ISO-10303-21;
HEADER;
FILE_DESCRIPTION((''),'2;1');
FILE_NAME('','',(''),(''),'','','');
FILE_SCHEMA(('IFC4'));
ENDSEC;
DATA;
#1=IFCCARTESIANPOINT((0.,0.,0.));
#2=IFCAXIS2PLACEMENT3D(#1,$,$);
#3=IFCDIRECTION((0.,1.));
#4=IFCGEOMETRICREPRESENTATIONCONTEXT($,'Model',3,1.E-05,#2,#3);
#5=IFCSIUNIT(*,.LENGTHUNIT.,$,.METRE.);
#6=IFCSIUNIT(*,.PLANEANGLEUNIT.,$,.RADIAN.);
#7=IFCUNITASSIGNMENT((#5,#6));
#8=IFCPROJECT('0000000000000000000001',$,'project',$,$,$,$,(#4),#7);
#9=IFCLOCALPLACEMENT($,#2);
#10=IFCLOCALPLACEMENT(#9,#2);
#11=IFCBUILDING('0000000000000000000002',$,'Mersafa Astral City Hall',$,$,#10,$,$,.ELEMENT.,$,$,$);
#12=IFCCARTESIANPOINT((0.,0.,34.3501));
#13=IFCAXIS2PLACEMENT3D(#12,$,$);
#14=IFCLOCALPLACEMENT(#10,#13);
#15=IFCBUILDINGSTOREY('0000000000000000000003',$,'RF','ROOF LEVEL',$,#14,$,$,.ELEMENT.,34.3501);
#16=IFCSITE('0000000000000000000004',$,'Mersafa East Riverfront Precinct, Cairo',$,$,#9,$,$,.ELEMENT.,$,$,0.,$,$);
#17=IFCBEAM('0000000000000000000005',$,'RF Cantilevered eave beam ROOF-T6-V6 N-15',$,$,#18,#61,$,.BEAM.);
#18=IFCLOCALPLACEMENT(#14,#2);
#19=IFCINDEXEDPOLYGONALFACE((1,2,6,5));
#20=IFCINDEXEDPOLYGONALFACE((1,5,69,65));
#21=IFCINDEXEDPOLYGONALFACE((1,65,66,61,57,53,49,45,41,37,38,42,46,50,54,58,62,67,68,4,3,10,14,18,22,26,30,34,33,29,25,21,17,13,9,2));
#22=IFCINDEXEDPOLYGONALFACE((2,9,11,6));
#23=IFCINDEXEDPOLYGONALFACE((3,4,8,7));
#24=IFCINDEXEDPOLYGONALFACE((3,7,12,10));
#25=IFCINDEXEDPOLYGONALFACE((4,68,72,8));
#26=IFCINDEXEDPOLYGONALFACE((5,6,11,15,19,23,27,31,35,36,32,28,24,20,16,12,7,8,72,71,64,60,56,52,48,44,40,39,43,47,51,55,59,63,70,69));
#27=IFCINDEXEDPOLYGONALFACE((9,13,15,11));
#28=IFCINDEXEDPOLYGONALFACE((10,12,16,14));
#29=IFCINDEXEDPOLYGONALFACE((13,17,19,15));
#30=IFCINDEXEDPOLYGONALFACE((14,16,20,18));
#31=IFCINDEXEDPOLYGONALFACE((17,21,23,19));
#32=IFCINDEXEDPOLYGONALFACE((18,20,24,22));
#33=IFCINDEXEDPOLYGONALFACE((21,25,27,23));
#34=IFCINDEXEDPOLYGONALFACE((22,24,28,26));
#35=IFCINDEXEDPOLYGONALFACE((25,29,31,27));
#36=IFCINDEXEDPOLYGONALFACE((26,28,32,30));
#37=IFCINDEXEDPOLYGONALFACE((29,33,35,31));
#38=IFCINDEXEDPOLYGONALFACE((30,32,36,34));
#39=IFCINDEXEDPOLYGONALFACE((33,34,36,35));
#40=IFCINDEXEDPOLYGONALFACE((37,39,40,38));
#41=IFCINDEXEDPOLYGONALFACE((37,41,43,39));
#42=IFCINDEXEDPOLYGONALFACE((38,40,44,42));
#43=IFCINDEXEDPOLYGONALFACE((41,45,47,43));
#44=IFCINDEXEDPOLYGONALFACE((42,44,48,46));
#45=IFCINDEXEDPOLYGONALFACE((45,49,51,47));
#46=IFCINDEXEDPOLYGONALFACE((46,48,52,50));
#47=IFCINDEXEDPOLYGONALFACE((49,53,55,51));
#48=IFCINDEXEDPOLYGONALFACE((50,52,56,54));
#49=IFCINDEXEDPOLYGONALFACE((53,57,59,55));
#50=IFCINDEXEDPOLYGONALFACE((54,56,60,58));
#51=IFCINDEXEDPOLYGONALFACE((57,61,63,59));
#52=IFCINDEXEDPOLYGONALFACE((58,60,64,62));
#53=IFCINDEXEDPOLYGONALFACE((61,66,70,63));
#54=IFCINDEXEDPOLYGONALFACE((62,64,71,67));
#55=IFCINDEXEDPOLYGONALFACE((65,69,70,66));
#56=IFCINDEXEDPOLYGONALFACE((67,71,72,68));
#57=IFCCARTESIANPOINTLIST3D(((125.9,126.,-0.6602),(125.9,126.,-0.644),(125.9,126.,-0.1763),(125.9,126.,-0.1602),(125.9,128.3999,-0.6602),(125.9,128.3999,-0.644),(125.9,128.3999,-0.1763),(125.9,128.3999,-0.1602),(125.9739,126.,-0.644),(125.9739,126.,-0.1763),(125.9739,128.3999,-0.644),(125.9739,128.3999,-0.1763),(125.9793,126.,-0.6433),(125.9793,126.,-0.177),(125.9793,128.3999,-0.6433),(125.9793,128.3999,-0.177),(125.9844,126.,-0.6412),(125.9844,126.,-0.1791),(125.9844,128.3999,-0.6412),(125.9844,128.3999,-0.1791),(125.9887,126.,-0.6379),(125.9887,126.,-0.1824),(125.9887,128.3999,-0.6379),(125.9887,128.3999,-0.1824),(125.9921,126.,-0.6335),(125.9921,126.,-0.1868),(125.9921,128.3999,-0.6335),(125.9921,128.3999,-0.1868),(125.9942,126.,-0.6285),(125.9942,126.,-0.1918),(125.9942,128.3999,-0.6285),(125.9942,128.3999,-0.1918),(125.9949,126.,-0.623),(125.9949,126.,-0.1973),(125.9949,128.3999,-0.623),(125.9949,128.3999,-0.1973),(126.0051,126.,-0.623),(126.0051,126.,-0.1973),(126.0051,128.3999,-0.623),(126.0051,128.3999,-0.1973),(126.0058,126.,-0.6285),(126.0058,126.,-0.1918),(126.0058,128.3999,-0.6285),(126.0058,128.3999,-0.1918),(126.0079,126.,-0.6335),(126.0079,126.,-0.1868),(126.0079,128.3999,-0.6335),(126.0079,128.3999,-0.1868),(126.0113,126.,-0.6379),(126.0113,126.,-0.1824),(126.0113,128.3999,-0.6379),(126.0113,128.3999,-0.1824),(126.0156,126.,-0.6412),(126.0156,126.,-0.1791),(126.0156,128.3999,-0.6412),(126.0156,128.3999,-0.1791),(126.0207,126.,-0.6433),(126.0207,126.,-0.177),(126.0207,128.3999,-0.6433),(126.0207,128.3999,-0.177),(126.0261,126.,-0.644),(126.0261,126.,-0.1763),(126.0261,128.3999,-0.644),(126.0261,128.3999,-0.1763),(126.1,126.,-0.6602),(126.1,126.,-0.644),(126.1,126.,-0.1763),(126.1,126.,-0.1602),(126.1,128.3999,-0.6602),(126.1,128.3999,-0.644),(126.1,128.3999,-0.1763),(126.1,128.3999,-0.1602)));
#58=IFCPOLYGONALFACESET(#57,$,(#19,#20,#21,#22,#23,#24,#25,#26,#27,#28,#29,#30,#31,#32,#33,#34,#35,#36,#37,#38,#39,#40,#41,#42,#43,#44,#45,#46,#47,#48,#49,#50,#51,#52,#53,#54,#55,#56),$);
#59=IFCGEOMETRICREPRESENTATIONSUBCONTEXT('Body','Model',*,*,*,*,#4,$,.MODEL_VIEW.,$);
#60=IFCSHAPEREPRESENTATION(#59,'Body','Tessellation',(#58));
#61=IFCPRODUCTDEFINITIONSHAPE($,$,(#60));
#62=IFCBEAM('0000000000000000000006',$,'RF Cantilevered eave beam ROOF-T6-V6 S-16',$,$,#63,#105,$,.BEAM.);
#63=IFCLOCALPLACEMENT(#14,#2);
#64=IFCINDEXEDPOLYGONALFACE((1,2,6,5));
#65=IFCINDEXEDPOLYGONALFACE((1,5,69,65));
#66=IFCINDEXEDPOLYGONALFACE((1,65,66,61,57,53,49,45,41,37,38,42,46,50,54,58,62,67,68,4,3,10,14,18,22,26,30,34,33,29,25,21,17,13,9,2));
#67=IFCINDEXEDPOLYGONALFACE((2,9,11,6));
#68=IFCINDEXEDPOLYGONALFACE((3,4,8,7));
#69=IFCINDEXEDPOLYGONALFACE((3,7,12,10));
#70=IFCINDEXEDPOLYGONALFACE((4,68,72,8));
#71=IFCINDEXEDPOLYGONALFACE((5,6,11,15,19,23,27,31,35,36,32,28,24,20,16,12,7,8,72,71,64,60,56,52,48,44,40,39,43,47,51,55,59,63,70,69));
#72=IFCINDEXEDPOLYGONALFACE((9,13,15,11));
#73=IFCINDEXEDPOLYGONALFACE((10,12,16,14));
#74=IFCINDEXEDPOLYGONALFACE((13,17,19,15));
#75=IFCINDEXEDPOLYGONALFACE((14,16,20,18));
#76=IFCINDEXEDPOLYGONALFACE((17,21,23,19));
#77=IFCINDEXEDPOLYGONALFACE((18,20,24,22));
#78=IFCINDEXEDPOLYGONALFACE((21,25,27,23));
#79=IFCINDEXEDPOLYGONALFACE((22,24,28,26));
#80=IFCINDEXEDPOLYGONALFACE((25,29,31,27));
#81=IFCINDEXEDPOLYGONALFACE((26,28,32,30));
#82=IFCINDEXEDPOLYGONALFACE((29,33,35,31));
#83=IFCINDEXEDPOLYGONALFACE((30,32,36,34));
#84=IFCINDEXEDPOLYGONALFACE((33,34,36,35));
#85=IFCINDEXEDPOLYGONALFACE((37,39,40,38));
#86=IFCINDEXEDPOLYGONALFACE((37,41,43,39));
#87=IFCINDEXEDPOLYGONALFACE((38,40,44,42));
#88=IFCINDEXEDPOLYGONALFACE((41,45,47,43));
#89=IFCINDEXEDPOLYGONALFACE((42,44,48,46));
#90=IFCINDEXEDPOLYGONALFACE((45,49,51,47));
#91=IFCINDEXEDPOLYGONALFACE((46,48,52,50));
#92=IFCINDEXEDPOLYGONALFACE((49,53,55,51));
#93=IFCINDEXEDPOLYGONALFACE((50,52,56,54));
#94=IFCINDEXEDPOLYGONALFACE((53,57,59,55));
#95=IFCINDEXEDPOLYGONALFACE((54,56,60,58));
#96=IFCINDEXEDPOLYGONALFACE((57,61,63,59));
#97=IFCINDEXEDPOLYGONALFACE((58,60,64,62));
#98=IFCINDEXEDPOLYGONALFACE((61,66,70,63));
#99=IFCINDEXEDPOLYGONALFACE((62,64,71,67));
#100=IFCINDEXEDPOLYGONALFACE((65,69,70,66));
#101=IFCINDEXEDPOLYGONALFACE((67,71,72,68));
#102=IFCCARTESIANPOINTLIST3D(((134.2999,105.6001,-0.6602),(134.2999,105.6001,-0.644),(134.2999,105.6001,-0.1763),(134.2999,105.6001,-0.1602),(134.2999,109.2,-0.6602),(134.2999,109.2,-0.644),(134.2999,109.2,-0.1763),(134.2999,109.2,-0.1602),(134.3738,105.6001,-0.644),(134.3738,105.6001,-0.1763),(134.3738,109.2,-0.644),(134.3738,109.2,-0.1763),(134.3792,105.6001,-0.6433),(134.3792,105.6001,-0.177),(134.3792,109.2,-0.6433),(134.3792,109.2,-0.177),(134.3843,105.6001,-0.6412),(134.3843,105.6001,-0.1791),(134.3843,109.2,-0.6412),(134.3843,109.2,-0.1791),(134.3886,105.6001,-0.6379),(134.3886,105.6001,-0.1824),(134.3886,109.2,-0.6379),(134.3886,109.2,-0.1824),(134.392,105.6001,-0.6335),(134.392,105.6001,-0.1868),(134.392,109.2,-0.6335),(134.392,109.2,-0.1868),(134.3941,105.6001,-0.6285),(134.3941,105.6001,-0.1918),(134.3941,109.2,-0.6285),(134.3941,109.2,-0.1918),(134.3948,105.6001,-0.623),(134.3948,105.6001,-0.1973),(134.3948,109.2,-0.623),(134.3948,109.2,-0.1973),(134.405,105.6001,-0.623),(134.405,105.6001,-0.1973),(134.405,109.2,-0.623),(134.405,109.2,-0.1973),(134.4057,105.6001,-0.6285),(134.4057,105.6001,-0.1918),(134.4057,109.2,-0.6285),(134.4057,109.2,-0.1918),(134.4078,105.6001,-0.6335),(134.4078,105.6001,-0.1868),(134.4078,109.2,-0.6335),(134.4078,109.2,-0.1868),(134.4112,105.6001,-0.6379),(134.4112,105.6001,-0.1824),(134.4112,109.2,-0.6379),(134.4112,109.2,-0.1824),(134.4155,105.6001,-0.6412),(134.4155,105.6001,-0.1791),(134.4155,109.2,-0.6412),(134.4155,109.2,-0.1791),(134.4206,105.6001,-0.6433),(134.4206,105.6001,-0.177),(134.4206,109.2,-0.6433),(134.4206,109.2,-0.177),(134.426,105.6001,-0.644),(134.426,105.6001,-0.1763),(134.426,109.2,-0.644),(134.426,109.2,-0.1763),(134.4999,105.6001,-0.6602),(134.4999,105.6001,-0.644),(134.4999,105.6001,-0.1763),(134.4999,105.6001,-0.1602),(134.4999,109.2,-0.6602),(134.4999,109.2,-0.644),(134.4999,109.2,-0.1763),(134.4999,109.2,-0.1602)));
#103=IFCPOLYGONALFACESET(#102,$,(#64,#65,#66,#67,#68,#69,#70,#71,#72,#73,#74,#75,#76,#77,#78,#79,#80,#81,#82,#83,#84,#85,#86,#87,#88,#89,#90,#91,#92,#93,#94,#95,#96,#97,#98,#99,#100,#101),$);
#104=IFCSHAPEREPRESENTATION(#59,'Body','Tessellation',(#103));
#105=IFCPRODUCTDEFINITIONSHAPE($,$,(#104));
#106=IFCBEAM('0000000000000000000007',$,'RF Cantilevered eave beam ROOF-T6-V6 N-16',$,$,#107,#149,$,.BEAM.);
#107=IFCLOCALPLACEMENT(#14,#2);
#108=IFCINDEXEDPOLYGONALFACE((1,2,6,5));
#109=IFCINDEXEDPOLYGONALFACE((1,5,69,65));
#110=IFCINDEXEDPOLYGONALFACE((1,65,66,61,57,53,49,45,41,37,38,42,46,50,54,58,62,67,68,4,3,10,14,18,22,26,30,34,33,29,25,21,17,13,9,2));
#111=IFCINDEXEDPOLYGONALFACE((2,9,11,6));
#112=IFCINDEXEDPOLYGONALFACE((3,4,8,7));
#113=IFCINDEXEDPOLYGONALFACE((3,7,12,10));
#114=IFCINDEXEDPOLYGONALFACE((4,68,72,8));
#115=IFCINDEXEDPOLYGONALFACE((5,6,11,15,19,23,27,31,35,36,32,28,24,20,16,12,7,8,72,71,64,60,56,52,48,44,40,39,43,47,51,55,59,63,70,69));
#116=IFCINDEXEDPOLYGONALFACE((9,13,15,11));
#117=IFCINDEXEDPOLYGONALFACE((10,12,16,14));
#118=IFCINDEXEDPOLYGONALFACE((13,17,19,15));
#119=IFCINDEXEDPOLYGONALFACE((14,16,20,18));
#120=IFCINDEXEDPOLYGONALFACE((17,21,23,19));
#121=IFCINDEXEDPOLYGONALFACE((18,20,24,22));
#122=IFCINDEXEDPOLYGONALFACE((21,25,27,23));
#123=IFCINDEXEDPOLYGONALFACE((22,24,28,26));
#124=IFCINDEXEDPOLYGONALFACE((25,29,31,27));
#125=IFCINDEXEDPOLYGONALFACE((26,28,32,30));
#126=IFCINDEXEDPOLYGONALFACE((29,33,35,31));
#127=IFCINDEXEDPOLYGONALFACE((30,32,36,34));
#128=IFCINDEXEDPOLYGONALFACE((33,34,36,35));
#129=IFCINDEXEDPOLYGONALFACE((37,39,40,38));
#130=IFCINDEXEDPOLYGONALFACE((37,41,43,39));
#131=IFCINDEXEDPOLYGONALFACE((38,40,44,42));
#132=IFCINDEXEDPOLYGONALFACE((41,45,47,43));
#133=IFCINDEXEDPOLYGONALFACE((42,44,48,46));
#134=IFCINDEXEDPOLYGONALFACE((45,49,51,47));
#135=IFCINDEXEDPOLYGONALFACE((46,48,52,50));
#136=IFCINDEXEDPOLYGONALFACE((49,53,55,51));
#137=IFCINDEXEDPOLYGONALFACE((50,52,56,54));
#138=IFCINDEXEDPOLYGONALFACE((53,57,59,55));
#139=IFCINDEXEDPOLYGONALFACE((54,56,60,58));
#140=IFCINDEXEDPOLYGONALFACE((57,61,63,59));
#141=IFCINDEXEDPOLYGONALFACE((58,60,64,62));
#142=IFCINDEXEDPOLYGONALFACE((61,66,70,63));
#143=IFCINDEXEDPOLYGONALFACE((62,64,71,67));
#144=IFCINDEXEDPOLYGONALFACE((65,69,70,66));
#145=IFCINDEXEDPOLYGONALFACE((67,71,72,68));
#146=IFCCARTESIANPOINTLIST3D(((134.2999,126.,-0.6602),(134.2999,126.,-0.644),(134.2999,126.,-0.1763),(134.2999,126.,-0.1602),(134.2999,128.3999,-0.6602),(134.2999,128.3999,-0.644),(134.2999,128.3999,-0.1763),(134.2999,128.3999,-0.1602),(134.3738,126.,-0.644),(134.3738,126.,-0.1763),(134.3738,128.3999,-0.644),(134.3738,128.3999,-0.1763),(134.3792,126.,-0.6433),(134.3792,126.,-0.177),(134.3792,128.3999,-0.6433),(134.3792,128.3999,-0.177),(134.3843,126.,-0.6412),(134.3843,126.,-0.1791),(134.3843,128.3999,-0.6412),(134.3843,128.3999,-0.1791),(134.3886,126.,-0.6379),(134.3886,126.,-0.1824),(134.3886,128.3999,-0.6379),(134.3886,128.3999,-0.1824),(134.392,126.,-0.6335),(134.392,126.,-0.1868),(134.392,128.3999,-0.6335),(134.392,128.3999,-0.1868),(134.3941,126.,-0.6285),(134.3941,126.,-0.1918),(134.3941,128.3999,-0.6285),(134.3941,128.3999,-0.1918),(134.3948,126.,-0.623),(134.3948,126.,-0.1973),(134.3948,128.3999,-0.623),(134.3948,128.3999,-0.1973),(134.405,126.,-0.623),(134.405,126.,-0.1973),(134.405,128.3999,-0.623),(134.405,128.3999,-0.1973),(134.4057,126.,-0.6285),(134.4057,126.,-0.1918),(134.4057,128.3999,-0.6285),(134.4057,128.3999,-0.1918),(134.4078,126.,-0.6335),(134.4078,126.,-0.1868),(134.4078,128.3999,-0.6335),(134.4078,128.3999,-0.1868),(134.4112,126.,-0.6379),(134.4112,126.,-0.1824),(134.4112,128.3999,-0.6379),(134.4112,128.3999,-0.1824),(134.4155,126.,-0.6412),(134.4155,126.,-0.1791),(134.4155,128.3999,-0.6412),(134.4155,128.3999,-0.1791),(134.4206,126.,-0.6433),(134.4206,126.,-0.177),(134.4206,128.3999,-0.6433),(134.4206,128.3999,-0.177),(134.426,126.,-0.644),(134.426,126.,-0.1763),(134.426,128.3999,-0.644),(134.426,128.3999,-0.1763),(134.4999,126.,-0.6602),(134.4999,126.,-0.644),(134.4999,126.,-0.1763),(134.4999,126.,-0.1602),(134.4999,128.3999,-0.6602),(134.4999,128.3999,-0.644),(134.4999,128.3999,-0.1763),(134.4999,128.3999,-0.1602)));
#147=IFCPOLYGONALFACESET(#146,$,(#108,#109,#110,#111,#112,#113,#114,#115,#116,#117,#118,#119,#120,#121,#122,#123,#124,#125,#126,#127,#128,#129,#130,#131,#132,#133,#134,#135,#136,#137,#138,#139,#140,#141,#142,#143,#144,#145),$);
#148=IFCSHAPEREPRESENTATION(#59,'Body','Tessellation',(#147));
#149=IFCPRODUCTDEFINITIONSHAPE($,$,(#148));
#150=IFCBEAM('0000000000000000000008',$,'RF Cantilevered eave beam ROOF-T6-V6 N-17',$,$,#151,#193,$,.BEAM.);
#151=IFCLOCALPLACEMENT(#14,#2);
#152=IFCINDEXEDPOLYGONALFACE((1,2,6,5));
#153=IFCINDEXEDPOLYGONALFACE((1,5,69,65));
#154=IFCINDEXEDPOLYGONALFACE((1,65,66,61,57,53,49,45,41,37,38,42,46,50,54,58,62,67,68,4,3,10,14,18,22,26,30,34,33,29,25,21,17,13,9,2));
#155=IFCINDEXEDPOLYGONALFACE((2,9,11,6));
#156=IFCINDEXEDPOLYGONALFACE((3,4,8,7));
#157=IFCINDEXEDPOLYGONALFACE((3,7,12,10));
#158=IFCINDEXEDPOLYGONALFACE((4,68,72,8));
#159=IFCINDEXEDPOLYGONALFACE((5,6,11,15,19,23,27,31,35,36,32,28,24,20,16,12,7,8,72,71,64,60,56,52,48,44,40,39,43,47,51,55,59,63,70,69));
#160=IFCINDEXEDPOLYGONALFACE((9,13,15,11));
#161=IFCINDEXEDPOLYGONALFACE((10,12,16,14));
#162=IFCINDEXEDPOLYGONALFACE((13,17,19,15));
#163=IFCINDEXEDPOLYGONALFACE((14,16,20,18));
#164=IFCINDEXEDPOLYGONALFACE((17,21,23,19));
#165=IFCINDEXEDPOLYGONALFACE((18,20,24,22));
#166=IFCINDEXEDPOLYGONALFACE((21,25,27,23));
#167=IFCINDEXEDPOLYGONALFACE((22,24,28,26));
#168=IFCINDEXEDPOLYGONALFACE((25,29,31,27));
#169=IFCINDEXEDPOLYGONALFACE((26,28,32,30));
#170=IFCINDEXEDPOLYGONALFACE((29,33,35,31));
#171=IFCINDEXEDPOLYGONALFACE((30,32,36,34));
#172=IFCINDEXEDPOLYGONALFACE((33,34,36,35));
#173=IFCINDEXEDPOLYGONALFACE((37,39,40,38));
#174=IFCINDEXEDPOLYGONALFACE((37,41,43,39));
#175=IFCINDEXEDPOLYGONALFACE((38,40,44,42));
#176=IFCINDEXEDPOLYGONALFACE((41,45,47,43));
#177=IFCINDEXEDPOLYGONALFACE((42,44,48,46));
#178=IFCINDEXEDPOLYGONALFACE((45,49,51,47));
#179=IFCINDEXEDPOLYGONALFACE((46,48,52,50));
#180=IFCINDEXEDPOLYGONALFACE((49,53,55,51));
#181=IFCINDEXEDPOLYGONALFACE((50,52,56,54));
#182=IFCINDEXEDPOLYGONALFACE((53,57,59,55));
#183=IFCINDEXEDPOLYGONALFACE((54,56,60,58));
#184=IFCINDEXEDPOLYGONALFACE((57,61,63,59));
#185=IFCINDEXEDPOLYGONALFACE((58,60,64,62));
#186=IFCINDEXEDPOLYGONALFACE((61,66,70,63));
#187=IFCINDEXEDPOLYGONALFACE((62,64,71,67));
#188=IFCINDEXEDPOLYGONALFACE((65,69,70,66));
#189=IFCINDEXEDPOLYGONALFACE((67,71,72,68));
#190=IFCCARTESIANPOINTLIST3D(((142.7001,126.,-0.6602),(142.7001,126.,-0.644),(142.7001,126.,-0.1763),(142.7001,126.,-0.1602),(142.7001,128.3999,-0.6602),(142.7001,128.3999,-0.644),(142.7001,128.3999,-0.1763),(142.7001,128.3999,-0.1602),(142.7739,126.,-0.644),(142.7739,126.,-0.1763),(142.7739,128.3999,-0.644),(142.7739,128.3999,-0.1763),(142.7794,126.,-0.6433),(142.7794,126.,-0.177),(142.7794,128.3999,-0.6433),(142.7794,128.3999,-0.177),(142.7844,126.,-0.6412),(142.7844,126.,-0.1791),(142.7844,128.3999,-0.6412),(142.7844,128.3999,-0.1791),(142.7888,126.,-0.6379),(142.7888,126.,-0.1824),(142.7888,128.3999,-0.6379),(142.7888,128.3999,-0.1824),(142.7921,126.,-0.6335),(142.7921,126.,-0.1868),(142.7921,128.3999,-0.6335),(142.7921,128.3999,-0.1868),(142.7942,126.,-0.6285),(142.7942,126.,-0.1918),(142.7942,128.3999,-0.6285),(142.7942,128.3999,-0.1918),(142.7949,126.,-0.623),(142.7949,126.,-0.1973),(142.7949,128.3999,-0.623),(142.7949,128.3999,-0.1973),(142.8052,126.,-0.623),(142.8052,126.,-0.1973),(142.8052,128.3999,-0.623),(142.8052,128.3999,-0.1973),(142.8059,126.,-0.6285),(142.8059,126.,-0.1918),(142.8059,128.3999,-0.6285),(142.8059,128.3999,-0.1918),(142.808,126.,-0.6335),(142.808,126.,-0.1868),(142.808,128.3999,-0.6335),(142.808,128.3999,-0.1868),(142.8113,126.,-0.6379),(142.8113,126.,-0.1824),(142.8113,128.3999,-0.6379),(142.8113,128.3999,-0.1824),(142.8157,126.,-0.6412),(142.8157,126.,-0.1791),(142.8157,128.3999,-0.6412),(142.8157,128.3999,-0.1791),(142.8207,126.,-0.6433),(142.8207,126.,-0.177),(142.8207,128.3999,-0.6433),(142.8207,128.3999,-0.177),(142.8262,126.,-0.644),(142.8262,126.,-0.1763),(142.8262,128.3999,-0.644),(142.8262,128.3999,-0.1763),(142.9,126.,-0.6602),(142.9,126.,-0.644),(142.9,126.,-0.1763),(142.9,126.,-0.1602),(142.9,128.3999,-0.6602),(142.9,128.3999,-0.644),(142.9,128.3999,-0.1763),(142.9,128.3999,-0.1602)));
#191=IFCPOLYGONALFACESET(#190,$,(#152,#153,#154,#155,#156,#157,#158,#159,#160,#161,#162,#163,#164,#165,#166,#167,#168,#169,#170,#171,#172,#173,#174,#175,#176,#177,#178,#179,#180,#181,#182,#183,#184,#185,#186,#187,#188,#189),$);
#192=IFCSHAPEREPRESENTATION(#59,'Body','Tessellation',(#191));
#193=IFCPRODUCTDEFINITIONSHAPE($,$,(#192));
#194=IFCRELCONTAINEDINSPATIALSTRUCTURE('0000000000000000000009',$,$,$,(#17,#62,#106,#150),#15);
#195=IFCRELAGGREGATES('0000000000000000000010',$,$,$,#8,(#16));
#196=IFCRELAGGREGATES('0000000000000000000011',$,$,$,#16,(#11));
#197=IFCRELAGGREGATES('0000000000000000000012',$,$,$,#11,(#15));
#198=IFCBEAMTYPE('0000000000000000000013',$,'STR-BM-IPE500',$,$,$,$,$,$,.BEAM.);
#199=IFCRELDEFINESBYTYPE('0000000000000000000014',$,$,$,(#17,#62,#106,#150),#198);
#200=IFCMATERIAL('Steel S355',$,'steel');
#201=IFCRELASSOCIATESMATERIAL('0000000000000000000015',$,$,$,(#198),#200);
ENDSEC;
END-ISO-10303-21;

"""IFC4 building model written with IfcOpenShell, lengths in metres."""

from ifc_helpers import new_model, si_unit, direction, frame, origin, origin_2d, place, context, subcontext, project, spatial, i_section, extrude, material, material_profile, profile_set, type_object, element, save


model = new_model("IFC4")

# Units and contexts
model_context = context("Model", 3, precision=1e-05, world=origin(), true_north=direction((0.0, 1.0)))
body_context = subcontext(model_context, "Body", "Model", "MODEL_VIEW")
ifc_project = project(units=[si_unit("LENGTHUNIT", "METRE"), si_unit("PLANEANGLEUNIT", "RADIAN")], contexts=[model_context])

# Site, building, storey
site_placement = place(None, origin())
site = spatial("IfcSite", under=ifc_project, at=site_placement, Name="Mersafa East Riverfront Precinct, Cairo", CompositionType="ELEMENT", RefElevation=0.0)
building_placement = place(site_placement, origin())
building = spatial("IfcBuilding", under=site, at=building_placement, Name="Mersafa Astral City Hall", CompositionType="ELEMENT")
storey_placement = place(building_placement, frame((0.0, 0.0, 34.3501)))
storey = spatial("IfcBuildingStorey", under=building, at=storey_placement, Name="RF", Description="ROOF LEVEL", CompositionType="ELEMENT", Elevation=34.3501)

# Shared definitions
ifc_material = material(Name="Steel S355", Category="steel")

# Beams
ifc_material_profile_1 = material_profile(ifc_material, i_section(OverallWidth=0.2, OverallDepth=0.5, WebThickness=0.0103, FlangeThickness=0.0161, FilletRadius=0.021, at=origin_2d()), Name="IPE 500")
ifc_profile_set_1 = profile_set([ifc_material_profile_1], Name="Steel S355")
beam_type_1 = type_object("IfcBeamType", Name="STR-BM-IPE500", PredefinedType="BEAM", material=ifc_profile_set_1)
beam_1_placement = place(storey_placement, frame((126.0, 126.0, -0.4102), z_axis=(0.0, 1.0, 0.0), x_axis=(-1.0, 0.0, 0.0)))
element("IfcBeam", 1, at=beam_1_placement, inside=storey, type_object=beam_type_1, Name="RF Cantilevered eave beam ROOF-T6-V6 N-15", PredefinedType="BEAM", context=body_context, shape_type="SweptSolid", body=[
    extrude(i_section(OverallWidth=0.2, OverallDepth=0.5, WebThickness=0.0103, FlangeThickness=0.0161, FilletRadius=0.021, at=origin_2d()), origin(), (0.0, 0.0, 1.0), 2.3999),
])
beam_2_placement = place(storey_placement, frame((134.3999, 109.2, -0.4102), z_axis=(0.0, -1.0, 0.0), x_axis=(1.0, 0.0, 0.0)))
element("IfcBeam", 2, at=beam_2_placement, inside=storey, type_object=beam_type_1, Name="RF Cantilevered eave beam ROOF-T6-V6 S-16", PredefinedType="BEAM", context=body_context, shape_type="SweptSolid", body=[
    extrude(i_section(OverallWidth=0.2, OverallDepth=0.5, WebThickness=0.0103, FlangeThickness=0.0161, FilletRadius=0.021, at=origin_2d()), origin(), (0.0, 0.0, 1.0), 3.5999),
])
for number, where, z_axis, x_axis, name in (
    (3, (134.3999, 126.0, -0.4102), (0.0, 1.0, 0.0), (-1.0, 0.0, 0.0), "RF Cantilevered eave beam ROOF-T6-V6 N-16"),
    (4, (142.8, 126.0, -0.4102), (0.0, 1.0, 0.0), (-1.0, 0.0, 0.0), "RF Cantilevered eave beam ROOF-T6-V6 N-17"),
):
    element("IfcBeam", number, at=place(storey_placement, frame(where, z_axis=z_axis, x_axis=x_axis)), inside=storey, type_object=beam_type_1, Name=name, PredefinedType="BEAM", context=body_context, shape_type="SweptSolid", body=[
        extrude(i_section(OverallWidth=0.2, OverallDepth=0.5, WebThickness=0.0103, FlangeThickness=0.0161, FilletRadius=0.021, at=origin_2d()), origin(), (0.0, 0.0, 1.0), 2.3999),
    ])

save(model, "model.ifc")
